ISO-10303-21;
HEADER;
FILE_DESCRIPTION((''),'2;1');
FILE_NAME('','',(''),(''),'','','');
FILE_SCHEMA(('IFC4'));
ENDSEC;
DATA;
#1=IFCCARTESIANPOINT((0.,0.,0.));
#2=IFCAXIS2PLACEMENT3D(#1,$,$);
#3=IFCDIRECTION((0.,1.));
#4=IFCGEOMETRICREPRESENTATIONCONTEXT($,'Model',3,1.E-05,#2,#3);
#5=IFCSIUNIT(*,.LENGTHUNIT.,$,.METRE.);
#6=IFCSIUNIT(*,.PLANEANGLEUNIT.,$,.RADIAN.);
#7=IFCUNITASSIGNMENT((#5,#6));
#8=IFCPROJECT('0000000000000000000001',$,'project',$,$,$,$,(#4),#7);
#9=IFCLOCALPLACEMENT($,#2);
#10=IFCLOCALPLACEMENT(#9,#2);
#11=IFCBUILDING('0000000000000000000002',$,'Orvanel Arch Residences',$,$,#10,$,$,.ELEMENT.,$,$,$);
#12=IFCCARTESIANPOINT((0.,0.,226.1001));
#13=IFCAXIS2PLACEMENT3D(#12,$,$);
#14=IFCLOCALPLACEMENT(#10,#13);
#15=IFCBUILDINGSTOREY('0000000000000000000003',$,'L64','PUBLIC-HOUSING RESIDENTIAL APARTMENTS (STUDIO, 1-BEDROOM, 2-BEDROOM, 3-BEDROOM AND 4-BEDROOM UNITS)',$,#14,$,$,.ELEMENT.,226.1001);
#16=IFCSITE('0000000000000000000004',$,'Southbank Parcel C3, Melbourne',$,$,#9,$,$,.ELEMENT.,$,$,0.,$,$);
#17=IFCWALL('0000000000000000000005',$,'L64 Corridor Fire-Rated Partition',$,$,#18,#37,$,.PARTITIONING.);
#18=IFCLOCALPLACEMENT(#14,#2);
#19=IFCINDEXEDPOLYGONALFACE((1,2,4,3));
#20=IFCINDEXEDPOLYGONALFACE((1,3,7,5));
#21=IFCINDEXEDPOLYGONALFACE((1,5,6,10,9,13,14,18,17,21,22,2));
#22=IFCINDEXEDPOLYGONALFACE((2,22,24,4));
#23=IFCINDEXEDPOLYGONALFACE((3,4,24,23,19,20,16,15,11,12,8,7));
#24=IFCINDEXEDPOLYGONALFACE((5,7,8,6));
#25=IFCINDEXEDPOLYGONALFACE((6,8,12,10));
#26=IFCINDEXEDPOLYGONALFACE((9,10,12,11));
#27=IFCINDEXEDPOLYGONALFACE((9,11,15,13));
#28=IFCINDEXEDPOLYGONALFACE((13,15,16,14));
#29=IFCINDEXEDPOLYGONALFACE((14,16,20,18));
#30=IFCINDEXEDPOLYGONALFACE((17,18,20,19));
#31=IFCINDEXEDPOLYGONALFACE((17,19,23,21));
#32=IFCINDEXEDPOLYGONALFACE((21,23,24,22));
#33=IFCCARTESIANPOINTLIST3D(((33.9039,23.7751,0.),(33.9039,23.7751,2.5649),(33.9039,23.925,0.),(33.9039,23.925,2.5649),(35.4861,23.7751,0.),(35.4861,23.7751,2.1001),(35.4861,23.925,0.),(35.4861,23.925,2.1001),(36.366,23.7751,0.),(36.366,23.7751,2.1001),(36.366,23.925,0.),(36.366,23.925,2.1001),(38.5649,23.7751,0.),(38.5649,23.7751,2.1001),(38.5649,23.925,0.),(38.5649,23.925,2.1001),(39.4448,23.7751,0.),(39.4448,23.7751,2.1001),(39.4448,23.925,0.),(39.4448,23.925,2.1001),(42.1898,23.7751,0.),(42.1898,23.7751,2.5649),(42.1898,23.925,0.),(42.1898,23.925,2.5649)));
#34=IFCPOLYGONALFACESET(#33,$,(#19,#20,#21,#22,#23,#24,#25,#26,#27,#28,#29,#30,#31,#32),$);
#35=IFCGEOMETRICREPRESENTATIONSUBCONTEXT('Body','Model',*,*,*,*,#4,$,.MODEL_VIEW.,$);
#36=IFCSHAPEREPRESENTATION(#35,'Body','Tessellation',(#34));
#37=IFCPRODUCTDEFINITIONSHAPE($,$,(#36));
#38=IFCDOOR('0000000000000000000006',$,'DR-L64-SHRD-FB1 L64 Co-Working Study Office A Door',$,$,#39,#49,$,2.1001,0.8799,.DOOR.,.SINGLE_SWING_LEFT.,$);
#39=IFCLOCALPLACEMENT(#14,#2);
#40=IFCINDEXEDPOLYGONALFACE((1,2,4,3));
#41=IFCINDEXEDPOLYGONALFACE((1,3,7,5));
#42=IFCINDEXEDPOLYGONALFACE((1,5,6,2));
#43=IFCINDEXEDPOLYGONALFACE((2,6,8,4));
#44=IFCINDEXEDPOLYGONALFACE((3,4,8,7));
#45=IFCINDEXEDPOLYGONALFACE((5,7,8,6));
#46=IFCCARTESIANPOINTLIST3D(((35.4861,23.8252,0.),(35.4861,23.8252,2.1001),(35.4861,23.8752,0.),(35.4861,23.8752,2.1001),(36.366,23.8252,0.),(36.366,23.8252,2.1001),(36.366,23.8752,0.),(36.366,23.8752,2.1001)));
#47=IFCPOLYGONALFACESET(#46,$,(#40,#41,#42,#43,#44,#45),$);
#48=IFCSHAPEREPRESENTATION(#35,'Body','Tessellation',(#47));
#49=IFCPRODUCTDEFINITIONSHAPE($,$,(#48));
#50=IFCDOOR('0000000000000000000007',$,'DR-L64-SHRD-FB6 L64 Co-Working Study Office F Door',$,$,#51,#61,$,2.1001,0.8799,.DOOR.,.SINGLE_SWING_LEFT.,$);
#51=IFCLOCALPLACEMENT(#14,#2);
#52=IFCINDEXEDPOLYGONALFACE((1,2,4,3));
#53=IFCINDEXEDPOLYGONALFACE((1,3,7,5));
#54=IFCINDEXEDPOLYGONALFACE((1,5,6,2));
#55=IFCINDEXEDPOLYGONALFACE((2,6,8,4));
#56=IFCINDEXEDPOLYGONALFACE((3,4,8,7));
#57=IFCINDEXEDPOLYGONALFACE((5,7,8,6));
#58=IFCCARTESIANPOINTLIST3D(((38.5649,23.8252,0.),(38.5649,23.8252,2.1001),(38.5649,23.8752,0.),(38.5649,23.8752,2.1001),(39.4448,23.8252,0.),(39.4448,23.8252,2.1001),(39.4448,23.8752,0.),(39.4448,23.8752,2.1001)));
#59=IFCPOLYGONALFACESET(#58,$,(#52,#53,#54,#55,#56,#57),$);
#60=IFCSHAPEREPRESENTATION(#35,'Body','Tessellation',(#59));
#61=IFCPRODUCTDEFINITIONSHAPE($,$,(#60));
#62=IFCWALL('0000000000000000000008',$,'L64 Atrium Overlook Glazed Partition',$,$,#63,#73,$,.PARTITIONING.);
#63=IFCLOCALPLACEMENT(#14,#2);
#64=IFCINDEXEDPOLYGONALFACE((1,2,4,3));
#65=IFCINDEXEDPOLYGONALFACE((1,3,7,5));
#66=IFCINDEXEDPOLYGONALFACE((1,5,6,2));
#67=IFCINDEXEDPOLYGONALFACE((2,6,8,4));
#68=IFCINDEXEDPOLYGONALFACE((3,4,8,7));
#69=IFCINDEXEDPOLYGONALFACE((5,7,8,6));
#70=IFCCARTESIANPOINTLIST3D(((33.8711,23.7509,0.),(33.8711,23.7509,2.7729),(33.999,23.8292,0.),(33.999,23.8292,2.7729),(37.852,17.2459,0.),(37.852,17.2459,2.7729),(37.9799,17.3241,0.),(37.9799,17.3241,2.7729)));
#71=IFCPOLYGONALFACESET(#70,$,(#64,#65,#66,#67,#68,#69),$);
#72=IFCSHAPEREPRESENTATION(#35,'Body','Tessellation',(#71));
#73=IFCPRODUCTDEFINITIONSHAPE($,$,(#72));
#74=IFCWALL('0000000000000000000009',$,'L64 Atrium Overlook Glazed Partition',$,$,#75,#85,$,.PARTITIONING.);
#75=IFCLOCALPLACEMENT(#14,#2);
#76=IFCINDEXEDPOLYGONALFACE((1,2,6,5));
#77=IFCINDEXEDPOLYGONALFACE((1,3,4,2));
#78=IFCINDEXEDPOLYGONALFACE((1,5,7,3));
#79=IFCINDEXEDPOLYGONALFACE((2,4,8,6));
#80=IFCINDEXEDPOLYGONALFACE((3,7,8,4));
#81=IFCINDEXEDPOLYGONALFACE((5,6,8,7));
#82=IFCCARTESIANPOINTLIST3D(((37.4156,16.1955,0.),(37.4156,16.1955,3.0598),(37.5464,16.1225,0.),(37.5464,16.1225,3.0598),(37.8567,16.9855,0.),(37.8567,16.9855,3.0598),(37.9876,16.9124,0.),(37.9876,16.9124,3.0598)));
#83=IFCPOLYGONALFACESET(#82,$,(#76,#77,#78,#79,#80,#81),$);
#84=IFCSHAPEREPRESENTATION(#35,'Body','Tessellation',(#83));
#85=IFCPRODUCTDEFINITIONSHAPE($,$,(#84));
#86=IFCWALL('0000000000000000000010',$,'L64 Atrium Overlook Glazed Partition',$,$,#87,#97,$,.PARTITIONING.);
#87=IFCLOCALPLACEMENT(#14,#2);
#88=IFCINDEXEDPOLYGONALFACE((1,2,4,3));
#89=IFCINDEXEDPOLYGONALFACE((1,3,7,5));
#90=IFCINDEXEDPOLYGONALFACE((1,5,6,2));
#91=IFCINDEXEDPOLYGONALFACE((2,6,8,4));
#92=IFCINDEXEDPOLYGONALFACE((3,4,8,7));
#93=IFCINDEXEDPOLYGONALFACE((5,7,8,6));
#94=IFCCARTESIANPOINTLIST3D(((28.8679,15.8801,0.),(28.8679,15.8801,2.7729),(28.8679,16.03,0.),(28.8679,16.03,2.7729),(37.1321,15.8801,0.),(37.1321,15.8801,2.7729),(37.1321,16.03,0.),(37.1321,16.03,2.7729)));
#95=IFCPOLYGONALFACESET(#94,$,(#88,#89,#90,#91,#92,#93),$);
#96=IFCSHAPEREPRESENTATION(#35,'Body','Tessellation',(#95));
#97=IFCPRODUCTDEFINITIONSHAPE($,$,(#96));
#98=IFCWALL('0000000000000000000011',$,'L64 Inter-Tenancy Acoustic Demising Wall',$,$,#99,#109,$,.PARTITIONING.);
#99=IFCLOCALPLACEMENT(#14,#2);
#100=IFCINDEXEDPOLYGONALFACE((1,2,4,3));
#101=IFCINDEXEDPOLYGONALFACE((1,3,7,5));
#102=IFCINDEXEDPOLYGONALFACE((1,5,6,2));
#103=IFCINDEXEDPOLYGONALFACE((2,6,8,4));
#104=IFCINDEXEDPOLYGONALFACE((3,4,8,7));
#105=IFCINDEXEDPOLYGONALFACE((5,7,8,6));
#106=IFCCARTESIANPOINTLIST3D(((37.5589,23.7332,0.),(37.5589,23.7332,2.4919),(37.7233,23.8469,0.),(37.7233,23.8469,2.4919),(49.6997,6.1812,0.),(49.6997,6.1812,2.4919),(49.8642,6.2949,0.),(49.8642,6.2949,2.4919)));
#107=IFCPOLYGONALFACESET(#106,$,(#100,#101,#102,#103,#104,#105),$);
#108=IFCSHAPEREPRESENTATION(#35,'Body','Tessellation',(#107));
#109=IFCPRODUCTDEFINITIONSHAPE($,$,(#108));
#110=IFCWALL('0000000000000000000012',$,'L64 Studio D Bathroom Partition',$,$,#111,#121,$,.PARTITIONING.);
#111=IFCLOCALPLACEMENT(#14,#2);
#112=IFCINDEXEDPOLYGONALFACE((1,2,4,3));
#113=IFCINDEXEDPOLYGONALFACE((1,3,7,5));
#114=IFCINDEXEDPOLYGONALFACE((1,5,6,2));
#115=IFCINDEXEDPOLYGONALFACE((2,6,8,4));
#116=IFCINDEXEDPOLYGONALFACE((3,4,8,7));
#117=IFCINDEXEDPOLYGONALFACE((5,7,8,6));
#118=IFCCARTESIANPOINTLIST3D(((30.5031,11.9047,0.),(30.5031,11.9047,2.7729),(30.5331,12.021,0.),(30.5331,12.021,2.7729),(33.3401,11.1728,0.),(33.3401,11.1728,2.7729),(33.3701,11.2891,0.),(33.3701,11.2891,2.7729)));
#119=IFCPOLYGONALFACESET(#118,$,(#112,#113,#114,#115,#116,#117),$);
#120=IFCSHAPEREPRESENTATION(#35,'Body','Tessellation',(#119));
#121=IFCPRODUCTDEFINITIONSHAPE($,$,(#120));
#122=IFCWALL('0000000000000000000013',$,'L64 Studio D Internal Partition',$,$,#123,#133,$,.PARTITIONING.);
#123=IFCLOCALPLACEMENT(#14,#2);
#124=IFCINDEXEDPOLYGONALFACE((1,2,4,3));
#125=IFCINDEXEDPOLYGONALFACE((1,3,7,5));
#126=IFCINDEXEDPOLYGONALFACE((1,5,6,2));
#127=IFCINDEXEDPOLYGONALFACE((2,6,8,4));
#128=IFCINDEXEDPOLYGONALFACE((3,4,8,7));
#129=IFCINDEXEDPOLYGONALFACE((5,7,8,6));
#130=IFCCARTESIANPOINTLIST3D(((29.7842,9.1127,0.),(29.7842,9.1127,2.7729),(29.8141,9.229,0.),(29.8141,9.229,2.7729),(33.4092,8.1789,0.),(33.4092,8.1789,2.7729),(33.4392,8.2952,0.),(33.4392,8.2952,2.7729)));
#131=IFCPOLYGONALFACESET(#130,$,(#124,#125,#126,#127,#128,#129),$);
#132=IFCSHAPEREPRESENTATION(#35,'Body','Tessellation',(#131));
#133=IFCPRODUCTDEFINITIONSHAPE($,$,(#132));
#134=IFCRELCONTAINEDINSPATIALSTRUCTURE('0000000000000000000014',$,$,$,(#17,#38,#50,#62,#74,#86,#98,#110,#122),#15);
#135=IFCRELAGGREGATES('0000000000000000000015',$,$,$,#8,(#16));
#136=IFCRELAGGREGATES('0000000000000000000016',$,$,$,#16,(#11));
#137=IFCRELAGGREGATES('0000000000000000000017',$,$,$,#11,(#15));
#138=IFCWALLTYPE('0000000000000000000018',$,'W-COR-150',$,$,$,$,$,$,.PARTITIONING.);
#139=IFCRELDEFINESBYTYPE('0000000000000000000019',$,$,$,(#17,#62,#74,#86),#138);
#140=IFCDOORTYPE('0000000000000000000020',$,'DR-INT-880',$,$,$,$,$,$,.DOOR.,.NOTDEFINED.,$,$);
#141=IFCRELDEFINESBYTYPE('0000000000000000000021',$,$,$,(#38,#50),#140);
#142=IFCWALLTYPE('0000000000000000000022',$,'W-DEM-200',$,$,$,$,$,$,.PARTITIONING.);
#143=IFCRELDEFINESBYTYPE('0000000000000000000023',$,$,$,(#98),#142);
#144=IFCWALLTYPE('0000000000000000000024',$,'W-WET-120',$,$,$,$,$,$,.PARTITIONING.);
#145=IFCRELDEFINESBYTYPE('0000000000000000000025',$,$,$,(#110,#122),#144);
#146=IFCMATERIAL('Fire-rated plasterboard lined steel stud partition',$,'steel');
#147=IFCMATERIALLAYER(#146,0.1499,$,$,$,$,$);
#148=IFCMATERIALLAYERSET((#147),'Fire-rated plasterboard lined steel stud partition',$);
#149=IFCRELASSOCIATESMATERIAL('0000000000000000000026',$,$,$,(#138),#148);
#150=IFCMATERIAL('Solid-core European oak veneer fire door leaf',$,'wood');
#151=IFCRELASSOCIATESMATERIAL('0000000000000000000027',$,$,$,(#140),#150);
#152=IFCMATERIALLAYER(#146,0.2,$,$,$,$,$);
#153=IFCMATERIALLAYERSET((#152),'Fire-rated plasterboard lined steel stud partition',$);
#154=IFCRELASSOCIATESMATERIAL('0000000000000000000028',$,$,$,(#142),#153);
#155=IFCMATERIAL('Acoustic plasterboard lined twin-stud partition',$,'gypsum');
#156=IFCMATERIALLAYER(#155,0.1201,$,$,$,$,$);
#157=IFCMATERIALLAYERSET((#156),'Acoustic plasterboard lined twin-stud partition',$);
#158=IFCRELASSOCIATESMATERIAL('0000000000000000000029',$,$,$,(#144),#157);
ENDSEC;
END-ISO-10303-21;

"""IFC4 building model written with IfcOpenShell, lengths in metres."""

from ifc_helpers import new_model, si_unit, direction, frame, frame_2d, origin, place, context, subcontext, project, spatial, rectangle, extrude, material, layer, layer_set, type_object, element, fill, save


model = new_model("IFC4")

# Units and contexts
model_context = context("Model", 3, precision=1e-05, world=origin(), true_north=direction((0.0, 1.0)))
body_context = subcontext(model_context, "Body", "Model", "MODEL_VIEW")
ifc_project = project(units=[si_unit("LENGTHUNIT", "METRE"), si_unit("PLANEANGLEUNIT", "RADIAN")], contexts=[model_context])

# Site, building, storey
site_placement = place(None, origin())
site = spatial("IfcSite", under=ifc_project, at=site_placement, Name="Southbank Parcel C3, Melbourne", CompositionType="ELEMENT", RefElevation=0.0)
building_placement = place(site_placement, origin())
building = spatial("IfcBuilding", under=site, at=building_placement, Name="Orvanel Arch Residences", CompositionType="ELEMENT")
storey_placement = place(building_placement, frame((0.0, 0.0, 226.1001)))
storey = spatial("IfcBuildingStorey", under=building, at=storey_placement, Name="L64", Description="PUBLIC-HOUSING RESIDENTIAL APARTMENTS (STUDIO, 1-BEDROOM, 2-BEDROOM, 3-BEDROOM AND 4-BEDROOM UNITS)", CompositionType="ELEMENT", Elevation=226.1001)

# Shared definitions
ifc_material_1 = material(Name="Fire-rated plasterboard lined steel stud partition", Category="steel")
ifc_layer_1 = layer(ifc_material_1, 0.1499)
ifc_layer_set_1 = layer_set([ifc_layer_1], Name="Fire-rated plasterboard lined steel stud partition")
wall_type_1 = type_object("IfcWallType", Name="W-COR-150", PredefinedType="PARTITIONING", material=ifc_layer_set_1)
ifc_material_2 = material(Name="Solid-core European oak veneer fire door leaf", Category="wood")

# Wall, openings, doors
wall_1_placement = place(storey_placement, frame((42.1899, 23.8501, 0.0), z_axis=(0.0, 0.0, 1.0), x_axis=(-1.0, 0.0, 0.0)))
wall_1 = element("IfcWall", 1, at=wall_1_placement, inside=storey, type_object=wall_type_1, Name="L64 Corridor Fire-Rated Partition", PredefinedType="PARTITIONING", context=body_context, shape_type="SweptSolid", body=[
    extrude(rectangle(XDim=8.2859, YDim=0.1499, at=frame_2d((4.1431, 0.0))), origin(), (0.0, 0.0, 1.0), 2.5649),
])
opening_1_placement = place(wall_1_placement, frame((5.824, 0.0, 0.0)))
opening_1 = element("IfcOpeningElement", 2, at=opening_1_placement, cuts=wall_1, PredefinedType="OPENING", context=body_context, shape_type="SweptSolid", body=[
    extrude(rectangle(XDim=0.8799, YDim=2.1001, at=frame_2d((0.4399, 1.05))), frame((0.0, 0.085, 0.0), z_axis=(0.0, -1.0, 0.0), x_axis=(1.0, 0.0, 0.0)), (0.0, 0.0, 1.0), 0.1699),
])
opening_2_placement = place(wall_1_placement, frame((2.7451, 0.0, 0.0)))
opening_2 = element("IfcOpeningElement", 3, at=opening_2_placement, cuts=wall_1, PredefinedType="OPENING", context=body_context, shape_type="SweptSolid", body=[
    extrude(rectangle(XDim=0.8799, YDim=2.1001, at=frame_2d((0.4399, 1.05))), frame((0.0, 0.085, 0.0), z_axis=(0.0, -1.0, 0.0), x_axis=(1.0, 0.0, 0.0)), (0.0, 0.0, 1.0), 0.1699),
])
door_type_1 = type_object("IfcDoorType", Name="DR-INT-880", OperationType="NOTDEFINED", PredefinedType="DOOR", material=ifc_material_2)
door_1_placement = place(opening_1_placement, origin())
door_1 = element("IfcDoor", 4, at=door_1_placement, inside=storey, type_object=door_type_1, Name="DR-L64-SHRD-FB1 L64 Co-Working Study Office A Door", OperationType="SINGLE_SWING_LEFT", OverallHeight=2.1001, OverallWidth=0.8799, PredefinedType="DOOR", context=body_context, shape_type="SweptSolid", body=[
    extrude(rectangle(XDim=0.8799, YDim=2.1001, at=frame_2d((0.4399, 1.05))), frame((0.0, 0.0249, 0.0), z_axis=(0.0, -1.0, 0.0), x_axis=(1.0, 0.0, 0.0)), (0.0, 0.0, 1.0), 0.05),
])
fill(opening_1, door_1)
door_2_placement = place(opening_2_placement, origin())
door_2 = element("IfcDoor", 5, at=door_2_placement, inside=storey, type_object=door_type_1, Name="DR-L64-SHRD-FB6 L64 Co-Working Study Office F Door", OperationType="SINGLE_SWING_LEFT", OverallHeight=2.1001, OverallWidth=0.8799, PredefinedType="DOOR", context=body_context, shape_type="SweptSolid", body=[
    extrude(rectangle(XDim=0.8799, YDim=2.1001, at=frame_2d((0.4399, 1.05))), frame((0.0, 0.0249, 0.0), z_axis=(0.0, -1.0, 0.0), x_axis=(1.0, 0.0, 0.0)), (0.0, 0.0, 1.0), 0.05),
])
fill(opening_2, door_2)

# Walls
wall_2_placement = place(storey_placement, frame((33.9351, 23.79, 0.0), z_axis=(0.0, 0.0, 1.0), x_axis=(0.521985, -0.852955, 0.0)))
element("IfcWall", 6, at=wall_2_placement, inside=storey, type_object=wall_type_1, Name="L64 Atrium Overlook Glazed Partition", PredefinedType="PARTITIONING", context=body_context, shape_type="SweptSolid", body=[
    extrude(rectangle(XDim=7.6265, YDim=0.1499, at=frame_2d((3.8132, 0.0))), origin(), (0.0, 0.0, 1.0), 2.7729),
])
wall_3_placement = place(storey_placement, frame((37.9221, 16.949, 0.0), z_axis=(0.0, 0.0, 1.0), x_axis=(-0.487543, -0.873099, 0.0)))
element("IfcWall", 7, at=wall_3_placement, inside=storey, type_object=wall_type_1, Name="L64 Atrium Overlook Glazed Partition", PredefinedType="PARTITIONING", context=body_context, shape_type="SweptSolid", body=[
    extrude(rectangle(XDim=0.9048, YDim=0.1499, at=frame_2d((0.4524, 0.0))), origin(), (0.0, 0.0, 1.0), 3.0598),
])
wall_4_placement = place(storey_placement, frame((37.1321, 15.9551, 0.0), z_axis=(0.0, 0.0, 1.0), x_axis=(-1.0, 0.0, 0.0)))
element("IfcWall", 8, at=wall_4_placement, inside=storey, type_object=wall_type_1, Name="L64 Atrium Overlook Glazed Partition", PredefinedType="PARTITIONING", context=body_context, shape_type="SweptSolid", body=[
    extrude(rectangle(XDim=8.2642, YDim=0.1499, at=frame_2d((4.1321, 0.0))), origin(), (0.0, 0.0, 1.0), 2.7729),
])
ifc_layer_2 = layer(ifc_material_1, 0.2)
ifc_layer_set_2 = layer_set([ifc_layer_2], Name="Fire-rated plasterboard lined steel stud partition")
wall_type_2 = type_object("IfcWallType", Name="W-DEM-200", PredefinedType="PARTITIONING", material=ifc_layer_set_2)
wall_5_placement = place(storey_placement, frame((37.6411, 23.79, 0.0), z_axis=(0.0, 0.0, 1.0), x_axis=(0.568877, -0.822423, 0.0)))
element("IfcWall", 9, at=wall_5_placement, inside=storey, type_object=wall_type_2, Name="L64 Inter-Tenancy Acoustic Demising Wall", PredefinedType="PARTITIONING", context=body_context, shape_type="SweptSolid", body=[
    extrude(rectangle(XDim=21.3418, YDim=0.2, at=frame_2d((10.6709, 0.0))), origin(), (0.0, 0.0, 1.0), 2.4919),
])
ifc_material_3 = material(Name="Acoustic plasterboard lined twin-stud partition", Category="gypsum")
ifc_layer_3 = layer(ifc_material_3, 0.1201)
ifc_layer_set_3 = layer_set([ifc_layer_3], Name="Acoustic plasterboard lined twin-stud partition")
wall_type_3 = type_object("IfcWallType", Name="W-WET-120", PredefinedType="PARTITIONING", material=ifc_layer_set_3)
wall_6_placement = place(storey_placement, frame((33.355, 11.231, 0.0), z_axis=(0.0, 0.0, 1.0), x_axis=(-0.968292, 0.249823, 0.0)))
element("IfcWall", 10, at=wall_6_placement, inside=storey, type_object=wall_type_3, Name="L64 Studio D Bathroom Partition", PredefinedType="PARTITIONING", context=body_context, shape_type="SweptSolid", body=[
    extrude(rectangle(XDim=2.9299, YDim=0.1201, at=frame_2d((1.4648, 0.0))), origin(), (0.0, 0.0, 1.0), 2.7729),
])
wall_7_placement = place(storey_placement, frame((33.4241, 8.2371, 0.0), z_axis=(0.0, 0.0, 1.0), x_axis=(-0.968384, 0.249466, 0.0)))
element("IfcWall", 11, at=wall_7_placement, inside=storey, type_object=wall_type_3, Name="L64 Studio D Internal Partition", PredefinedType="PARTITIONING", context=body_context, shape_type="SweptSolid", body=[
    extrude(rectangle(XDim=3.7434, YDim=0.1201, at=frame_2d((1.8716, 0.0))), origin(), (0.0, 0.0, 1.0), 2.7729),
])

save(model, "model.ifc")
